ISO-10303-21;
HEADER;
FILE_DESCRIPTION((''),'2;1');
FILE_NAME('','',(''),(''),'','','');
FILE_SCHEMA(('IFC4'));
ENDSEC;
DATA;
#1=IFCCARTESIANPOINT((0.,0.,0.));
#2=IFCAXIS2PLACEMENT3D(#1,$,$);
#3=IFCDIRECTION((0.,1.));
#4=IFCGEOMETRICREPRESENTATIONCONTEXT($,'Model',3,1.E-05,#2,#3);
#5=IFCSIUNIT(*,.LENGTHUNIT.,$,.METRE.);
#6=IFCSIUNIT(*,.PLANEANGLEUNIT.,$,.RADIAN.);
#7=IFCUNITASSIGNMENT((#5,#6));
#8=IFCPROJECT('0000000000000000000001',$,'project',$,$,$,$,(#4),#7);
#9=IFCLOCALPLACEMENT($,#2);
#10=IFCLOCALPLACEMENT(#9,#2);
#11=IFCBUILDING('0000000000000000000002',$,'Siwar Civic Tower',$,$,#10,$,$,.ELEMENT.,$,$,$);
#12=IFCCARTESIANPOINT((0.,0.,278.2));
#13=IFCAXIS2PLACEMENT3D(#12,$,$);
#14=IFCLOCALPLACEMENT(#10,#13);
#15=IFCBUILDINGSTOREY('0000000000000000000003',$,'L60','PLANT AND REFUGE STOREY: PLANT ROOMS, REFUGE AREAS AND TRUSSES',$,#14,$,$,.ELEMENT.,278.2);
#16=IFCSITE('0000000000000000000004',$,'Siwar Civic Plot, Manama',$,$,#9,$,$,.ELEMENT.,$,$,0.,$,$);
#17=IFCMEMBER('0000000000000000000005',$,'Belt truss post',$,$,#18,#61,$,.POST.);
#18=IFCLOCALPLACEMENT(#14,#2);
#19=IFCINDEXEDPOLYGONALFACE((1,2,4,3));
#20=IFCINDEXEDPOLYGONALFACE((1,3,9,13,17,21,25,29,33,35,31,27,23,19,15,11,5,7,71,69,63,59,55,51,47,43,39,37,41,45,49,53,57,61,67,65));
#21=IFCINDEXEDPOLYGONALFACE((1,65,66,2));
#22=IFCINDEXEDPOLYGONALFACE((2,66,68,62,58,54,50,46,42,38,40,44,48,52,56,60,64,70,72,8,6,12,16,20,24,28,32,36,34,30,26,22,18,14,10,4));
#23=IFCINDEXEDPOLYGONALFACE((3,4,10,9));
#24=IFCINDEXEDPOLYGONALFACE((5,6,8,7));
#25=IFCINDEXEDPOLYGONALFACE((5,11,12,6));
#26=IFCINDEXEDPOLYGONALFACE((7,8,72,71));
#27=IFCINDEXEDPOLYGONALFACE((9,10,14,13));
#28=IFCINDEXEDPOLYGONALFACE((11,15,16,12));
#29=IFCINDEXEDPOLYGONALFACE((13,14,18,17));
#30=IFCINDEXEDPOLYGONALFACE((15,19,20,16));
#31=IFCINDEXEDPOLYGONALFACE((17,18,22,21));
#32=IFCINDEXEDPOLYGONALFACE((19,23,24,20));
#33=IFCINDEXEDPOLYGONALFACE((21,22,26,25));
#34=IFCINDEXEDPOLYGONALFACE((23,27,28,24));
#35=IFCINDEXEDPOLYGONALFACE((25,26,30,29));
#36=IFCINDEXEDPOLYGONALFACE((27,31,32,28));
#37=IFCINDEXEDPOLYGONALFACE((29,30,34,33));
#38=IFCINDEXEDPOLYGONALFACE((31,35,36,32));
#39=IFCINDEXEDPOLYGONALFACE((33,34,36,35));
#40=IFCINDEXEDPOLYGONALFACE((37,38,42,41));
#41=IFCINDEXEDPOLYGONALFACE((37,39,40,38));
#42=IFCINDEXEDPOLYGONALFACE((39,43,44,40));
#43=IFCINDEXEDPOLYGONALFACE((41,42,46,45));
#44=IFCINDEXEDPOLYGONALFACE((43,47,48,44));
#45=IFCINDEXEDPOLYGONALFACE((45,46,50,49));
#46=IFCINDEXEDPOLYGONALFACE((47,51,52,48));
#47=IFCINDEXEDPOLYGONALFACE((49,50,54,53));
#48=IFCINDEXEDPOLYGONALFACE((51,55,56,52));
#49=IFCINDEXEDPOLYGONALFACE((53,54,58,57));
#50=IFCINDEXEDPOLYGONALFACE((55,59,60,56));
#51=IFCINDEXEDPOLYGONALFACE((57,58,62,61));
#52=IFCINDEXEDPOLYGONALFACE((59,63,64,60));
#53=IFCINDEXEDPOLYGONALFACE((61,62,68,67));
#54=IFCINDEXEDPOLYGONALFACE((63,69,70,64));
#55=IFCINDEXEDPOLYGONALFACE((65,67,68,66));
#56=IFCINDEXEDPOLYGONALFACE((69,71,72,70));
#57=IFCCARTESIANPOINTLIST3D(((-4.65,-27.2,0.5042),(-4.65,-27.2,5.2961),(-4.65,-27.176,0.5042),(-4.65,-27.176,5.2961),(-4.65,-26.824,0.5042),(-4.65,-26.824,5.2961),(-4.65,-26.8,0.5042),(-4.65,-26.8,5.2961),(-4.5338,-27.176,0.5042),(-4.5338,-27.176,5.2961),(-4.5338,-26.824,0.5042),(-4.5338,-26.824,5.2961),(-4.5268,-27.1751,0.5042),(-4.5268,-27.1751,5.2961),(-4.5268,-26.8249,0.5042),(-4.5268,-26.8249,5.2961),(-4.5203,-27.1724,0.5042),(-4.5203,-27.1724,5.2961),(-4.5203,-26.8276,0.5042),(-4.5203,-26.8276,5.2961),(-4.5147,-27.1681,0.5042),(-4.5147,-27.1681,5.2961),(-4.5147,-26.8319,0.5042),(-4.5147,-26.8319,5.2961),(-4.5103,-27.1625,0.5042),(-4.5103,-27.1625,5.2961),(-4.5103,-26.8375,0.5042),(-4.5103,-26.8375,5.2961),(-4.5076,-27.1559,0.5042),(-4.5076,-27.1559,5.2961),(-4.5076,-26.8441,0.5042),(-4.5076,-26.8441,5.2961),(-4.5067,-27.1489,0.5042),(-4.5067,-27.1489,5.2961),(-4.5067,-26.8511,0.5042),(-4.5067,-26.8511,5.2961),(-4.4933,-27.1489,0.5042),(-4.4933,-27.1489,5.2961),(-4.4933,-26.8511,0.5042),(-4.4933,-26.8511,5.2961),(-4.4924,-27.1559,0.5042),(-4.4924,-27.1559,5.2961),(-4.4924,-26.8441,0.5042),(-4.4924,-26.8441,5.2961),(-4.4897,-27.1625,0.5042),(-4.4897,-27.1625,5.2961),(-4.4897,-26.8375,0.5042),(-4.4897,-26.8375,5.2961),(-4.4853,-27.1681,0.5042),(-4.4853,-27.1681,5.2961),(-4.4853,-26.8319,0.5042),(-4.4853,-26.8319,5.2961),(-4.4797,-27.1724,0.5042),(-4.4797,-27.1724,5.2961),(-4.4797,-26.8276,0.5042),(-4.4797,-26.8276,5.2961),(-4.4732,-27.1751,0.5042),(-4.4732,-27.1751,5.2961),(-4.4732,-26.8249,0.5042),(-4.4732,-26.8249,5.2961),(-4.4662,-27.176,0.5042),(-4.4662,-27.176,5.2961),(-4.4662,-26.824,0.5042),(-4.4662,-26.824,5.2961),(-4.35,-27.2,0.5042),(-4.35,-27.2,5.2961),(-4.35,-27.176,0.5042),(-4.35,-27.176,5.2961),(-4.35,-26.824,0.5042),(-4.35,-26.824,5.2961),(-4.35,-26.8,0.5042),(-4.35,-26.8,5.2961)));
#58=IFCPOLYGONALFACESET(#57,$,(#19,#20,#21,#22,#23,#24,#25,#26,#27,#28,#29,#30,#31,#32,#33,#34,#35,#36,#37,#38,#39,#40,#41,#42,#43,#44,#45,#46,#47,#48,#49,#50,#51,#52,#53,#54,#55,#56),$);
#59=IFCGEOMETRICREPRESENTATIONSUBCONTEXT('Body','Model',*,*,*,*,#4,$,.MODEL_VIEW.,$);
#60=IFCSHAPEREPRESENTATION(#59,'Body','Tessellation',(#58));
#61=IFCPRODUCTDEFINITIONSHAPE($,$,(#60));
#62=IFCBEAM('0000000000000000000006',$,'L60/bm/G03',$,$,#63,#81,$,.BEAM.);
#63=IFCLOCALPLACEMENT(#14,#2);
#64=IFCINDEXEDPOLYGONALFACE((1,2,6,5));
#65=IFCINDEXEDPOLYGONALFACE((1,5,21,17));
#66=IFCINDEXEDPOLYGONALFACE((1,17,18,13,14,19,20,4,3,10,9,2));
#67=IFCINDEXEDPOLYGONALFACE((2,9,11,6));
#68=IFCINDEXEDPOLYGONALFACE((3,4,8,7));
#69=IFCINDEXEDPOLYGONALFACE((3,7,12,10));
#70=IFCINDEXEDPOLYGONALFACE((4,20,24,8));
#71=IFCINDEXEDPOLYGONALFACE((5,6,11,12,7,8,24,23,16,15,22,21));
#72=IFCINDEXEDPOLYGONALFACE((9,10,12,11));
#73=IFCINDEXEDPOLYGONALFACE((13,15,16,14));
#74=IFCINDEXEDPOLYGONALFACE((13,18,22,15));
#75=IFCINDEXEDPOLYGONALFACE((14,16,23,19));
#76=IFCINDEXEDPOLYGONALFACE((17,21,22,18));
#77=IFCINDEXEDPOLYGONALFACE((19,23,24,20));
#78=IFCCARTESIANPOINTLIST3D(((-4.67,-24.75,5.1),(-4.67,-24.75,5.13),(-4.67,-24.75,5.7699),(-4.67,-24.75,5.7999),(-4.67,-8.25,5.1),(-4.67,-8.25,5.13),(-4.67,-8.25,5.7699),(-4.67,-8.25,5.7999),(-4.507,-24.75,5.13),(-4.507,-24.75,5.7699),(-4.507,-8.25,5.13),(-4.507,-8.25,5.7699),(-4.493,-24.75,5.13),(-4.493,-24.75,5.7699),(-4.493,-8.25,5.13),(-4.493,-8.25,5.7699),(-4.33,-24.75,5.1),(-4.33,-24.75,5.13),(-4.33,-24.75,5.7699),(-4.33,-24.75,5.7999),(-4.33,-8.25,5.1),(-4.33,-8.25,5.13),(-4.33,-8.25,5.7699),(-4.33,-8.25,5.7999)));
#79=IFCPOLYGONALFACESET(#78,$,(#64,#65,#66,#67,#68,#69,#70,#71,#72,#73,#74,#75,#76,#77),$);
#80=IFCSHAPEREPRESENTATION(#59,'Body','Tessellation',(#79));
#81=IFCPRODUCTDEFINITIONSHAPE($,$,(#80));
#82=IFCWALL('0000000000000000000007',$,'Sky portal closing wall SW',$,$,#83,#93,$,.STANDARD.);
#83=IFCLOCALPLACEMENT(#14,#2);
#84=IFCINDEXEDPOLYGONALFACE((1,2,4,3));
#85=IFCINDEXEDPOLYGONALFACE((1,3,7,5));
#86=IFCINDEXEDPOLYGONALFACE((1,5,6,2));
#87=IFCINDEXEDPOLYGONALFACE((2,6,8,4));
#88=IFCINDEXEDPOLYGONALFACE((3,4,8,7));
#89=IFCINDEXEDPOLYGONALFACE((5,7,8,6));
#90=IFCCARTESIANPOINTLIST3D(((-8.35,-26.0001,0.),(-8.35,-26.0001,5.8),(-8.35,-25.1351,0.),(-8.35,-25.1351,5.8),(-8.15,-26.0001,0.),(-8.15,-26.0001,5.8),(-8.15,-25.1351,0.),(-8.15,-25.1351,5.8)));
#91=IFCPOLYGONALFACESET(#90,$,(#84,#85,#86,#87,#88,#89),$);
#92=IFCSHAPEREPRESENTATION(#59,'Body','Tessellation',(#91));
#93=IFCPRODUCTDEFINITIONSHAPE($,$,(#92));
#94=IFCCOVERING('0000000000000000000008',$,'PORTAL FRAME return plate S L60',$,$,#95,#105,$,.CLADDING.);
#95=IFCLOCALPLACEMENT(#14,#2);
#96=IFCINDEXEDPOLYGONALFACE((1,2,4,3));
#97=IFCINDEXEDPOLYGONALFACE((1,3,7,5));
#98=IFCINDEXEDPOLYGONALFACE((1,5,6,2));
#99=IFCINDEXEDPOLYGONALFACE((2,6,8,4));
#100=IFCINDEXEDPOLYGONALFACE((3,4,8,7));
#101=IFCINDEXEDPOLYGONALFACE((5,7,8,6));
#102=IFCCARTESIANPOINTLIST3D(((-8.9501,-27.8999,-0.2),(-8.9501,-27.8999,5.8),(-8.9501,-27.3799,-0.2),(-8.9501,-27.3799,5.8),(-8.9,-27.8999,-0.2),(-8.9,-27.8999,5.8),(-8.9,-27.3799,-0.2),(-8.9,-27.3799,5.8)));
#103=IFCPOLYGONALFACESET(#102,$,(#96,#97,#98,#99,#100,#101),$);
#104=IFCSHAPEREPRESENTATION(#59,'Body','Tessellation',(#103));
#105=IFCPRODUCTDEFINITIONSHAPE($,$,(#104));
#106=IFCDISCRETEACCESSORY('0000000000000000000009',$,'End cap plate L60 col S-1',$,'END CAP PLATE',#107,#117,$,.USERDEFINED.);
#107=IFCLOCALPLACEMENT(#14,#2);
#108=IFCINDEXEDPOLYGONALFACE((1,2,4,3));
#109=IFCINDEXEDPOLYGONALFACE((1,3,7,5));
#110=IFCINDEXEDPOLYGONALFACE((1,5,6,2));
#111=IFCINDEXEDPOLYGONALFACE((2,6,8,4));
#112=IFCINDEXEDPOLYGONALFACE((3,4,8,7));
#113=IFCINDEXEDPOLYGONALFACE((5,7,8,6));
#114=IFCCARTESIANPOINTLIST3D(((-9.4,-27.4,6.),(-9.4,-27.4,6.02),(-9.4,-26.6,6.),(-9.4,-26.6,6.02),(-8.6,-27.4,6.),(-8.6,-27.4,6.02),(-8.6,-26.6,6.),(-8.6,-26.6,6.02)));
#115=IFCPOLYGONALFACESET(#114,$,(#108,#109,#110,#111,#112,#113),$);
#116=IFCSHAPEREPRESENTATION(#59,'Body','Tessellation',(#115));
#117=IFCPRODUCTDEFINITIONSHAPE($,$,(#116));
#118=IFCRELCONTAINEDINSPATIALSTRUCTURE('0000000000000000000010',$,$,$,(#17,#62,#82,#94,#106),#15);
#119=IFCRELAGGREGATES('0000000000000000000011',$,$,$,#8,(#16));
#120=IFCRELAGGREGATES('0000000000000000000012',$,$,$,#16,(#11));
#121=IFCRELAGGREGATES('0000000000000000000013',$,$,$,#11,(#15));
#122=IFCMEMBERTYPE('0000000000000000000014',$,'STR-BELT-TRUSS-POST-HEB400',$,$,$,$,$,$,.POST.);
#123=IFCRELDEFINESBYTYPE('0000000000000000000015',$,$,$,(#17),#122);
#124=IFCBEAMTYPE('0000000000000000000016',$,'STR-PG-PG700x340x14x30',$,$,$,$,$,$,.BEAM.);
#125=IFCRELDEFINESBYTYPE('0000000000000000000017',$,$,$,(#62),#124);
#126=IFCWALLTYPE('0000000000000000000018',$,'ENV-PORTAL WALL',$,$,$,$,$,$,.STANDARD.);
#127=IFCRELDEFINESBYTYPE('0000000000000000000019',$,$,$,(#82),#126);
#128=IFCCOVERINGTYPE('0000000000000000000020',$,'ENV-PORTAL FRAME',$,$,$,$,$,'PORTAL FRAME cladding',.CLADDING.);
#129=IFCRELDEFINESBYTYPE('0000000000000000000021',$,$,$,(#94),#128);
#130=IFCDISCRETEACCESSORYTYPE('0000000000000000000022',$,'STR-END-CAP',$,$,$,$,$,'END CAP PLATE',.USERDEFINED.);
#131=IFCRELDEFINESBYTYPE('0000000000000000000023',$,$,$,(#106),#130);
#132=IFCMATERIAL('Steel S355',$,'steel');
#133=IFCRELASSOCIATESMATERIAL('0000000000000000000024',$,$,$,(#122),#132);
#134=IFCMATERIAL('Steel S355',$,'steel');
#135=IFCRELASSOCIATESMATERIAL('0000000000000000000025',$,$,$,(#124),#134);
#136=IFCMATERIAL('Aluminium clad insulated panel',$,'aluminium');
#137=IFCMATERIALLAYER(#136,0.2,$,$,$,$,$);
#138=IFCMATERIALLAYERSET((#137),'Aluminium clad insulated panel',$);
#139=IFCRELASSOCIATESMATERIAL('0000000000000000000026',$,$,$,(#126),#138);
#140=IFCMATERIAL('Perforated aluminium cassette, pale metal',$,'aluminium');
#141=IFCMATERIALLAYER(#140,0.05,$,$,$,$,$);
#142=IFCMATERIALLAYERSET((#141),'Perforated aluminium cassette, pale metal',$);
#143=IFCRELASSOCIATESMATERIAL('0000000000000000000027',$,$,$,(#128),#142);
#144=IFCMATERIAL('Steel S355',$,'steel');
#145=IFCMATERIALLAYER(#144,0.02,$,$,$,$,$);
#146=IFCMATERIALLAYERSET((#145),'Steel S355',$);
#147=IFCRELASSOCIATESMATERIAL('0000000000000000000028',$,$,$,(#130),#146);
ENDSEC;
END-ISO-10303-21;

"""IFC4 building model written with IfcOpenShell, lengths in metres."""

from ifc_helpers import new_model, si_unit, direction, frame, frame_2d, origin, origin_2d, place, context, subcontext, project, spatial, rectangle, i_section, extrude, material, layer, layer_set, material_profile, profile_set, type_object, element, save


model = new_model("IFC4")

# Units and contexts
model_context = context("Model", 3, precision=1e-05, world=origin(), true_north=direction((0.0, 1.0)))
body_context = subcontext(model_context, "Body", "Model", "MODEL_VIEW")
ifc_project = project(units=[si_unit("LENGTHUNIT", "METRE"), si_unit("PLANEANGLEUNIT", "RADIAN")], contexts=[model_context])

# Site, building, storey
site_placement = place(None, origin())
site = spatial("IfcSite", under=ifc_project, at=site_placement, Name="Siwar Civic Plot, Manama", CompositionType="ELEMENT", RefElevation=0.0)
building_placement = place(site_placement, origin())
building = spatial("IfcBuilding", under=site, at=building_placement, Name="Siwar Civic Tower", CompositionType="ELEMENT")
storey_placement = place(building_placement, frame((0.0, 0.0, 278.2)))
storey = spatial("IfcBuildingStorey", under=building, at=storey_placement, Name="L60", Description="PLANT AND REFUGE STOREY: PLANT ROOMS, REFUGE AREAS AND TRUSSES", CompositionType="ELEMENT", Elevation=278.2)

# Member
ifc_material_1 = material(Name="Steel S355", Category="steel")
ifc_material_profile_1 = material_profile(ifc_material_1, i_section(OverallWidth=0.3, OverallDepth=0.3999, WebThickness=0.0134, FlangeThickness=0.0239, FilletRadius=0.0271, at=origin_2d()), Name="HEB400")
ifc_profile_set_1 = profile_set([ifc_material_profile_1], Name="Steel S355")
member_type_1 = type_object("IfcMemberType", Name="STR-BELT-TRUSS-POST-HEB400", PredefinedType="POST", material=ifc_profile_set_1)
member_1_placement = place(storey_placement, frame((-4.5, -27.0, 0.5042), z_axis=(0.0, 0.0, 1.0), x_axis=(1.0, 0.0, 0.0)))
element("IfcMember", 1, at=member_1_placement, inside=storey, type_object=member_type_1, Name="Belt truss post", PredefinedType="POST", context=body_context, shape_type="SweptSolid", body=[
    extrude(i_section(OverallWidth=0.3, OverallDepth=0.3999, WebThickness=0.0134, FlangeThickness=0.0239, FilletRadius=0.0271, at=origin_2d()), origin(), (0.0, 0.0, 1.0), 4.792),
])

# Beam
ifc_material_2 = material(Name="Steel S355", Category="steel")
ifc_material_profile_2 = material_profile(ifc_material_2, i_section(OverallWidth=0.3401, OverallDepth=0.7, WebThickness=0.0139, FlangeThickness=0.03, at=origin_2d()), Name="PG700x340x14x30")
ifc_profile_set_2 = profile_set([ifc_material_profile_2], Name="Steel S355")
beam_type_1 = type_object("IfcBeamType", Name="STR-PG-PG700x340x14x30", PredefinedType="BEAM", material=ifc_profile_set_2)
beam_placement = place(storey_placement, frame((-4.5, -24.75, 5.45), z_axis=(0.0, 1.0, 0.0), x_axis=(-1.0, 0.0, 0.0)))
element("IfcBeam", 2, at=beam_placement, inside=storey, type_object=beam_type_1, Name="L60/bm/G03", PredefinedType="BEAM", context=body_context, shape_type="SweptSolid", body=[
    extrude(i_section(OverallWidth=0.3401, OverallDepth=0.7, WebThickness=0.0139, FlangeThickness=0.03, at=origin_2d()), origin(), (0.0, 0.0, 1.0), 16.5),
])

# Wall
ifc_material_3 = material(Name="Aluminium clad insulated panel", Category="aluminium")
ifc_layer_1 = layer(ifc_material_3, 0.2)
ifc_layer_set_1 = layer_set([ifc_layer_1], Name="Aluminium clad insulated panel")
wall_type = type_object("IfcWallType", Name="ENV-PORTAL WALL", PredefinedType="STANDARD", material=ifc_layer_set_1)
wall_placement = place(storey_placement, frame((-8.25, -25.135, 0.0), z_axis=(0.0, 0.0, 1.0), x_axis=(0.0, -1.0, 0.0)))
element("IfcWall", 3, at=wall_placement, inside=storey, type_object=wall_type, Name="Sky portal closing wall SW", PredefinedType="STANDARD", context=body_context, shape_type="SweptSolid", body=[
    extrude(rectangle(XDim=0.865, YDim=0.2, at=frame_2d((0.4326, 0.0))), origin(), (0.0, 0.0, 1.0), 5.8),
])

# Covering
ifc_material_4 = material(Name="Perforated aluminium cassette, pale metal", Category="aluminium")
ifc_layer_2 = layer(ifc_material_4, 0.05)
ifc_layer_set_2 = layer_set([ifc_layer_2], Name="Perforated aluminium cassette, pale metal")
covering_type = type_object("IfcCoveringType", Name="ENV-PORTAL FRAME", ElementType="PORTAL FRAME cladding", PredefinedType="CLADDING", material=ifc_layer_set_2)
covering_placement = place(storey_placement, frame((-8.925, -27.6399, -0.2), z_axis=(0.0, 0.0, 1.0), x_axis=(1.0, 0.0, 0.0)))
element("IfcCovering", 4, at=covering_placement, inside=storey, type_object=covering_type, Name="PORTAL FRAME return plate S L60", PredefinedType="CLADDING", context=body_context, shape_type="SweptSolid", body=[
    extrude(rectangle(XDim=0.05, YDim=0.52, at=origin_2d()), origin(), (0.0, 0.0, 1.0), 6.0),
])

# Discrete accessory
ifc_material_5 = material(Name="Steel S355", Category="steel")
ifc_layer_3 = layer(ifc_material_5, 0.02)
ifc_layer_set_3 = layer_set([ifc_layer_3], Name="Steel S355")
discrete_accessory_type = type_object("IfcDiscreteAccessoryType", Name="STR-END-CAP", ElementType="END CAP PLATE", PredefinedType="USERDEFINED", material=ifc_layer_set_3)
discrete_accessory_placement = place(storey_placement, frame((-9.0, -27.0, 6.0), z_axis=(0.0, 0.0, 1.0), x_axis=(1.0, 0.0, 0.0)))
element("IfcDiscreteAccessory", 5, at=discrete_accessory_placement, inside=storey, type_object=discrete_accessory_type, Name="End cap plate L60 col S-1", ObjectType="END CAP PLATE", PredefinedType="USERDEFINED", context=body_context, shape_type="SweptSolid", body=[
    extrude(rectangle(XDim=0.8, YDim=0.8, at=origin_2d()), origin(), (0.0, 0.0, 1.0), 0.02),
])

save(model, "model.ifc")
